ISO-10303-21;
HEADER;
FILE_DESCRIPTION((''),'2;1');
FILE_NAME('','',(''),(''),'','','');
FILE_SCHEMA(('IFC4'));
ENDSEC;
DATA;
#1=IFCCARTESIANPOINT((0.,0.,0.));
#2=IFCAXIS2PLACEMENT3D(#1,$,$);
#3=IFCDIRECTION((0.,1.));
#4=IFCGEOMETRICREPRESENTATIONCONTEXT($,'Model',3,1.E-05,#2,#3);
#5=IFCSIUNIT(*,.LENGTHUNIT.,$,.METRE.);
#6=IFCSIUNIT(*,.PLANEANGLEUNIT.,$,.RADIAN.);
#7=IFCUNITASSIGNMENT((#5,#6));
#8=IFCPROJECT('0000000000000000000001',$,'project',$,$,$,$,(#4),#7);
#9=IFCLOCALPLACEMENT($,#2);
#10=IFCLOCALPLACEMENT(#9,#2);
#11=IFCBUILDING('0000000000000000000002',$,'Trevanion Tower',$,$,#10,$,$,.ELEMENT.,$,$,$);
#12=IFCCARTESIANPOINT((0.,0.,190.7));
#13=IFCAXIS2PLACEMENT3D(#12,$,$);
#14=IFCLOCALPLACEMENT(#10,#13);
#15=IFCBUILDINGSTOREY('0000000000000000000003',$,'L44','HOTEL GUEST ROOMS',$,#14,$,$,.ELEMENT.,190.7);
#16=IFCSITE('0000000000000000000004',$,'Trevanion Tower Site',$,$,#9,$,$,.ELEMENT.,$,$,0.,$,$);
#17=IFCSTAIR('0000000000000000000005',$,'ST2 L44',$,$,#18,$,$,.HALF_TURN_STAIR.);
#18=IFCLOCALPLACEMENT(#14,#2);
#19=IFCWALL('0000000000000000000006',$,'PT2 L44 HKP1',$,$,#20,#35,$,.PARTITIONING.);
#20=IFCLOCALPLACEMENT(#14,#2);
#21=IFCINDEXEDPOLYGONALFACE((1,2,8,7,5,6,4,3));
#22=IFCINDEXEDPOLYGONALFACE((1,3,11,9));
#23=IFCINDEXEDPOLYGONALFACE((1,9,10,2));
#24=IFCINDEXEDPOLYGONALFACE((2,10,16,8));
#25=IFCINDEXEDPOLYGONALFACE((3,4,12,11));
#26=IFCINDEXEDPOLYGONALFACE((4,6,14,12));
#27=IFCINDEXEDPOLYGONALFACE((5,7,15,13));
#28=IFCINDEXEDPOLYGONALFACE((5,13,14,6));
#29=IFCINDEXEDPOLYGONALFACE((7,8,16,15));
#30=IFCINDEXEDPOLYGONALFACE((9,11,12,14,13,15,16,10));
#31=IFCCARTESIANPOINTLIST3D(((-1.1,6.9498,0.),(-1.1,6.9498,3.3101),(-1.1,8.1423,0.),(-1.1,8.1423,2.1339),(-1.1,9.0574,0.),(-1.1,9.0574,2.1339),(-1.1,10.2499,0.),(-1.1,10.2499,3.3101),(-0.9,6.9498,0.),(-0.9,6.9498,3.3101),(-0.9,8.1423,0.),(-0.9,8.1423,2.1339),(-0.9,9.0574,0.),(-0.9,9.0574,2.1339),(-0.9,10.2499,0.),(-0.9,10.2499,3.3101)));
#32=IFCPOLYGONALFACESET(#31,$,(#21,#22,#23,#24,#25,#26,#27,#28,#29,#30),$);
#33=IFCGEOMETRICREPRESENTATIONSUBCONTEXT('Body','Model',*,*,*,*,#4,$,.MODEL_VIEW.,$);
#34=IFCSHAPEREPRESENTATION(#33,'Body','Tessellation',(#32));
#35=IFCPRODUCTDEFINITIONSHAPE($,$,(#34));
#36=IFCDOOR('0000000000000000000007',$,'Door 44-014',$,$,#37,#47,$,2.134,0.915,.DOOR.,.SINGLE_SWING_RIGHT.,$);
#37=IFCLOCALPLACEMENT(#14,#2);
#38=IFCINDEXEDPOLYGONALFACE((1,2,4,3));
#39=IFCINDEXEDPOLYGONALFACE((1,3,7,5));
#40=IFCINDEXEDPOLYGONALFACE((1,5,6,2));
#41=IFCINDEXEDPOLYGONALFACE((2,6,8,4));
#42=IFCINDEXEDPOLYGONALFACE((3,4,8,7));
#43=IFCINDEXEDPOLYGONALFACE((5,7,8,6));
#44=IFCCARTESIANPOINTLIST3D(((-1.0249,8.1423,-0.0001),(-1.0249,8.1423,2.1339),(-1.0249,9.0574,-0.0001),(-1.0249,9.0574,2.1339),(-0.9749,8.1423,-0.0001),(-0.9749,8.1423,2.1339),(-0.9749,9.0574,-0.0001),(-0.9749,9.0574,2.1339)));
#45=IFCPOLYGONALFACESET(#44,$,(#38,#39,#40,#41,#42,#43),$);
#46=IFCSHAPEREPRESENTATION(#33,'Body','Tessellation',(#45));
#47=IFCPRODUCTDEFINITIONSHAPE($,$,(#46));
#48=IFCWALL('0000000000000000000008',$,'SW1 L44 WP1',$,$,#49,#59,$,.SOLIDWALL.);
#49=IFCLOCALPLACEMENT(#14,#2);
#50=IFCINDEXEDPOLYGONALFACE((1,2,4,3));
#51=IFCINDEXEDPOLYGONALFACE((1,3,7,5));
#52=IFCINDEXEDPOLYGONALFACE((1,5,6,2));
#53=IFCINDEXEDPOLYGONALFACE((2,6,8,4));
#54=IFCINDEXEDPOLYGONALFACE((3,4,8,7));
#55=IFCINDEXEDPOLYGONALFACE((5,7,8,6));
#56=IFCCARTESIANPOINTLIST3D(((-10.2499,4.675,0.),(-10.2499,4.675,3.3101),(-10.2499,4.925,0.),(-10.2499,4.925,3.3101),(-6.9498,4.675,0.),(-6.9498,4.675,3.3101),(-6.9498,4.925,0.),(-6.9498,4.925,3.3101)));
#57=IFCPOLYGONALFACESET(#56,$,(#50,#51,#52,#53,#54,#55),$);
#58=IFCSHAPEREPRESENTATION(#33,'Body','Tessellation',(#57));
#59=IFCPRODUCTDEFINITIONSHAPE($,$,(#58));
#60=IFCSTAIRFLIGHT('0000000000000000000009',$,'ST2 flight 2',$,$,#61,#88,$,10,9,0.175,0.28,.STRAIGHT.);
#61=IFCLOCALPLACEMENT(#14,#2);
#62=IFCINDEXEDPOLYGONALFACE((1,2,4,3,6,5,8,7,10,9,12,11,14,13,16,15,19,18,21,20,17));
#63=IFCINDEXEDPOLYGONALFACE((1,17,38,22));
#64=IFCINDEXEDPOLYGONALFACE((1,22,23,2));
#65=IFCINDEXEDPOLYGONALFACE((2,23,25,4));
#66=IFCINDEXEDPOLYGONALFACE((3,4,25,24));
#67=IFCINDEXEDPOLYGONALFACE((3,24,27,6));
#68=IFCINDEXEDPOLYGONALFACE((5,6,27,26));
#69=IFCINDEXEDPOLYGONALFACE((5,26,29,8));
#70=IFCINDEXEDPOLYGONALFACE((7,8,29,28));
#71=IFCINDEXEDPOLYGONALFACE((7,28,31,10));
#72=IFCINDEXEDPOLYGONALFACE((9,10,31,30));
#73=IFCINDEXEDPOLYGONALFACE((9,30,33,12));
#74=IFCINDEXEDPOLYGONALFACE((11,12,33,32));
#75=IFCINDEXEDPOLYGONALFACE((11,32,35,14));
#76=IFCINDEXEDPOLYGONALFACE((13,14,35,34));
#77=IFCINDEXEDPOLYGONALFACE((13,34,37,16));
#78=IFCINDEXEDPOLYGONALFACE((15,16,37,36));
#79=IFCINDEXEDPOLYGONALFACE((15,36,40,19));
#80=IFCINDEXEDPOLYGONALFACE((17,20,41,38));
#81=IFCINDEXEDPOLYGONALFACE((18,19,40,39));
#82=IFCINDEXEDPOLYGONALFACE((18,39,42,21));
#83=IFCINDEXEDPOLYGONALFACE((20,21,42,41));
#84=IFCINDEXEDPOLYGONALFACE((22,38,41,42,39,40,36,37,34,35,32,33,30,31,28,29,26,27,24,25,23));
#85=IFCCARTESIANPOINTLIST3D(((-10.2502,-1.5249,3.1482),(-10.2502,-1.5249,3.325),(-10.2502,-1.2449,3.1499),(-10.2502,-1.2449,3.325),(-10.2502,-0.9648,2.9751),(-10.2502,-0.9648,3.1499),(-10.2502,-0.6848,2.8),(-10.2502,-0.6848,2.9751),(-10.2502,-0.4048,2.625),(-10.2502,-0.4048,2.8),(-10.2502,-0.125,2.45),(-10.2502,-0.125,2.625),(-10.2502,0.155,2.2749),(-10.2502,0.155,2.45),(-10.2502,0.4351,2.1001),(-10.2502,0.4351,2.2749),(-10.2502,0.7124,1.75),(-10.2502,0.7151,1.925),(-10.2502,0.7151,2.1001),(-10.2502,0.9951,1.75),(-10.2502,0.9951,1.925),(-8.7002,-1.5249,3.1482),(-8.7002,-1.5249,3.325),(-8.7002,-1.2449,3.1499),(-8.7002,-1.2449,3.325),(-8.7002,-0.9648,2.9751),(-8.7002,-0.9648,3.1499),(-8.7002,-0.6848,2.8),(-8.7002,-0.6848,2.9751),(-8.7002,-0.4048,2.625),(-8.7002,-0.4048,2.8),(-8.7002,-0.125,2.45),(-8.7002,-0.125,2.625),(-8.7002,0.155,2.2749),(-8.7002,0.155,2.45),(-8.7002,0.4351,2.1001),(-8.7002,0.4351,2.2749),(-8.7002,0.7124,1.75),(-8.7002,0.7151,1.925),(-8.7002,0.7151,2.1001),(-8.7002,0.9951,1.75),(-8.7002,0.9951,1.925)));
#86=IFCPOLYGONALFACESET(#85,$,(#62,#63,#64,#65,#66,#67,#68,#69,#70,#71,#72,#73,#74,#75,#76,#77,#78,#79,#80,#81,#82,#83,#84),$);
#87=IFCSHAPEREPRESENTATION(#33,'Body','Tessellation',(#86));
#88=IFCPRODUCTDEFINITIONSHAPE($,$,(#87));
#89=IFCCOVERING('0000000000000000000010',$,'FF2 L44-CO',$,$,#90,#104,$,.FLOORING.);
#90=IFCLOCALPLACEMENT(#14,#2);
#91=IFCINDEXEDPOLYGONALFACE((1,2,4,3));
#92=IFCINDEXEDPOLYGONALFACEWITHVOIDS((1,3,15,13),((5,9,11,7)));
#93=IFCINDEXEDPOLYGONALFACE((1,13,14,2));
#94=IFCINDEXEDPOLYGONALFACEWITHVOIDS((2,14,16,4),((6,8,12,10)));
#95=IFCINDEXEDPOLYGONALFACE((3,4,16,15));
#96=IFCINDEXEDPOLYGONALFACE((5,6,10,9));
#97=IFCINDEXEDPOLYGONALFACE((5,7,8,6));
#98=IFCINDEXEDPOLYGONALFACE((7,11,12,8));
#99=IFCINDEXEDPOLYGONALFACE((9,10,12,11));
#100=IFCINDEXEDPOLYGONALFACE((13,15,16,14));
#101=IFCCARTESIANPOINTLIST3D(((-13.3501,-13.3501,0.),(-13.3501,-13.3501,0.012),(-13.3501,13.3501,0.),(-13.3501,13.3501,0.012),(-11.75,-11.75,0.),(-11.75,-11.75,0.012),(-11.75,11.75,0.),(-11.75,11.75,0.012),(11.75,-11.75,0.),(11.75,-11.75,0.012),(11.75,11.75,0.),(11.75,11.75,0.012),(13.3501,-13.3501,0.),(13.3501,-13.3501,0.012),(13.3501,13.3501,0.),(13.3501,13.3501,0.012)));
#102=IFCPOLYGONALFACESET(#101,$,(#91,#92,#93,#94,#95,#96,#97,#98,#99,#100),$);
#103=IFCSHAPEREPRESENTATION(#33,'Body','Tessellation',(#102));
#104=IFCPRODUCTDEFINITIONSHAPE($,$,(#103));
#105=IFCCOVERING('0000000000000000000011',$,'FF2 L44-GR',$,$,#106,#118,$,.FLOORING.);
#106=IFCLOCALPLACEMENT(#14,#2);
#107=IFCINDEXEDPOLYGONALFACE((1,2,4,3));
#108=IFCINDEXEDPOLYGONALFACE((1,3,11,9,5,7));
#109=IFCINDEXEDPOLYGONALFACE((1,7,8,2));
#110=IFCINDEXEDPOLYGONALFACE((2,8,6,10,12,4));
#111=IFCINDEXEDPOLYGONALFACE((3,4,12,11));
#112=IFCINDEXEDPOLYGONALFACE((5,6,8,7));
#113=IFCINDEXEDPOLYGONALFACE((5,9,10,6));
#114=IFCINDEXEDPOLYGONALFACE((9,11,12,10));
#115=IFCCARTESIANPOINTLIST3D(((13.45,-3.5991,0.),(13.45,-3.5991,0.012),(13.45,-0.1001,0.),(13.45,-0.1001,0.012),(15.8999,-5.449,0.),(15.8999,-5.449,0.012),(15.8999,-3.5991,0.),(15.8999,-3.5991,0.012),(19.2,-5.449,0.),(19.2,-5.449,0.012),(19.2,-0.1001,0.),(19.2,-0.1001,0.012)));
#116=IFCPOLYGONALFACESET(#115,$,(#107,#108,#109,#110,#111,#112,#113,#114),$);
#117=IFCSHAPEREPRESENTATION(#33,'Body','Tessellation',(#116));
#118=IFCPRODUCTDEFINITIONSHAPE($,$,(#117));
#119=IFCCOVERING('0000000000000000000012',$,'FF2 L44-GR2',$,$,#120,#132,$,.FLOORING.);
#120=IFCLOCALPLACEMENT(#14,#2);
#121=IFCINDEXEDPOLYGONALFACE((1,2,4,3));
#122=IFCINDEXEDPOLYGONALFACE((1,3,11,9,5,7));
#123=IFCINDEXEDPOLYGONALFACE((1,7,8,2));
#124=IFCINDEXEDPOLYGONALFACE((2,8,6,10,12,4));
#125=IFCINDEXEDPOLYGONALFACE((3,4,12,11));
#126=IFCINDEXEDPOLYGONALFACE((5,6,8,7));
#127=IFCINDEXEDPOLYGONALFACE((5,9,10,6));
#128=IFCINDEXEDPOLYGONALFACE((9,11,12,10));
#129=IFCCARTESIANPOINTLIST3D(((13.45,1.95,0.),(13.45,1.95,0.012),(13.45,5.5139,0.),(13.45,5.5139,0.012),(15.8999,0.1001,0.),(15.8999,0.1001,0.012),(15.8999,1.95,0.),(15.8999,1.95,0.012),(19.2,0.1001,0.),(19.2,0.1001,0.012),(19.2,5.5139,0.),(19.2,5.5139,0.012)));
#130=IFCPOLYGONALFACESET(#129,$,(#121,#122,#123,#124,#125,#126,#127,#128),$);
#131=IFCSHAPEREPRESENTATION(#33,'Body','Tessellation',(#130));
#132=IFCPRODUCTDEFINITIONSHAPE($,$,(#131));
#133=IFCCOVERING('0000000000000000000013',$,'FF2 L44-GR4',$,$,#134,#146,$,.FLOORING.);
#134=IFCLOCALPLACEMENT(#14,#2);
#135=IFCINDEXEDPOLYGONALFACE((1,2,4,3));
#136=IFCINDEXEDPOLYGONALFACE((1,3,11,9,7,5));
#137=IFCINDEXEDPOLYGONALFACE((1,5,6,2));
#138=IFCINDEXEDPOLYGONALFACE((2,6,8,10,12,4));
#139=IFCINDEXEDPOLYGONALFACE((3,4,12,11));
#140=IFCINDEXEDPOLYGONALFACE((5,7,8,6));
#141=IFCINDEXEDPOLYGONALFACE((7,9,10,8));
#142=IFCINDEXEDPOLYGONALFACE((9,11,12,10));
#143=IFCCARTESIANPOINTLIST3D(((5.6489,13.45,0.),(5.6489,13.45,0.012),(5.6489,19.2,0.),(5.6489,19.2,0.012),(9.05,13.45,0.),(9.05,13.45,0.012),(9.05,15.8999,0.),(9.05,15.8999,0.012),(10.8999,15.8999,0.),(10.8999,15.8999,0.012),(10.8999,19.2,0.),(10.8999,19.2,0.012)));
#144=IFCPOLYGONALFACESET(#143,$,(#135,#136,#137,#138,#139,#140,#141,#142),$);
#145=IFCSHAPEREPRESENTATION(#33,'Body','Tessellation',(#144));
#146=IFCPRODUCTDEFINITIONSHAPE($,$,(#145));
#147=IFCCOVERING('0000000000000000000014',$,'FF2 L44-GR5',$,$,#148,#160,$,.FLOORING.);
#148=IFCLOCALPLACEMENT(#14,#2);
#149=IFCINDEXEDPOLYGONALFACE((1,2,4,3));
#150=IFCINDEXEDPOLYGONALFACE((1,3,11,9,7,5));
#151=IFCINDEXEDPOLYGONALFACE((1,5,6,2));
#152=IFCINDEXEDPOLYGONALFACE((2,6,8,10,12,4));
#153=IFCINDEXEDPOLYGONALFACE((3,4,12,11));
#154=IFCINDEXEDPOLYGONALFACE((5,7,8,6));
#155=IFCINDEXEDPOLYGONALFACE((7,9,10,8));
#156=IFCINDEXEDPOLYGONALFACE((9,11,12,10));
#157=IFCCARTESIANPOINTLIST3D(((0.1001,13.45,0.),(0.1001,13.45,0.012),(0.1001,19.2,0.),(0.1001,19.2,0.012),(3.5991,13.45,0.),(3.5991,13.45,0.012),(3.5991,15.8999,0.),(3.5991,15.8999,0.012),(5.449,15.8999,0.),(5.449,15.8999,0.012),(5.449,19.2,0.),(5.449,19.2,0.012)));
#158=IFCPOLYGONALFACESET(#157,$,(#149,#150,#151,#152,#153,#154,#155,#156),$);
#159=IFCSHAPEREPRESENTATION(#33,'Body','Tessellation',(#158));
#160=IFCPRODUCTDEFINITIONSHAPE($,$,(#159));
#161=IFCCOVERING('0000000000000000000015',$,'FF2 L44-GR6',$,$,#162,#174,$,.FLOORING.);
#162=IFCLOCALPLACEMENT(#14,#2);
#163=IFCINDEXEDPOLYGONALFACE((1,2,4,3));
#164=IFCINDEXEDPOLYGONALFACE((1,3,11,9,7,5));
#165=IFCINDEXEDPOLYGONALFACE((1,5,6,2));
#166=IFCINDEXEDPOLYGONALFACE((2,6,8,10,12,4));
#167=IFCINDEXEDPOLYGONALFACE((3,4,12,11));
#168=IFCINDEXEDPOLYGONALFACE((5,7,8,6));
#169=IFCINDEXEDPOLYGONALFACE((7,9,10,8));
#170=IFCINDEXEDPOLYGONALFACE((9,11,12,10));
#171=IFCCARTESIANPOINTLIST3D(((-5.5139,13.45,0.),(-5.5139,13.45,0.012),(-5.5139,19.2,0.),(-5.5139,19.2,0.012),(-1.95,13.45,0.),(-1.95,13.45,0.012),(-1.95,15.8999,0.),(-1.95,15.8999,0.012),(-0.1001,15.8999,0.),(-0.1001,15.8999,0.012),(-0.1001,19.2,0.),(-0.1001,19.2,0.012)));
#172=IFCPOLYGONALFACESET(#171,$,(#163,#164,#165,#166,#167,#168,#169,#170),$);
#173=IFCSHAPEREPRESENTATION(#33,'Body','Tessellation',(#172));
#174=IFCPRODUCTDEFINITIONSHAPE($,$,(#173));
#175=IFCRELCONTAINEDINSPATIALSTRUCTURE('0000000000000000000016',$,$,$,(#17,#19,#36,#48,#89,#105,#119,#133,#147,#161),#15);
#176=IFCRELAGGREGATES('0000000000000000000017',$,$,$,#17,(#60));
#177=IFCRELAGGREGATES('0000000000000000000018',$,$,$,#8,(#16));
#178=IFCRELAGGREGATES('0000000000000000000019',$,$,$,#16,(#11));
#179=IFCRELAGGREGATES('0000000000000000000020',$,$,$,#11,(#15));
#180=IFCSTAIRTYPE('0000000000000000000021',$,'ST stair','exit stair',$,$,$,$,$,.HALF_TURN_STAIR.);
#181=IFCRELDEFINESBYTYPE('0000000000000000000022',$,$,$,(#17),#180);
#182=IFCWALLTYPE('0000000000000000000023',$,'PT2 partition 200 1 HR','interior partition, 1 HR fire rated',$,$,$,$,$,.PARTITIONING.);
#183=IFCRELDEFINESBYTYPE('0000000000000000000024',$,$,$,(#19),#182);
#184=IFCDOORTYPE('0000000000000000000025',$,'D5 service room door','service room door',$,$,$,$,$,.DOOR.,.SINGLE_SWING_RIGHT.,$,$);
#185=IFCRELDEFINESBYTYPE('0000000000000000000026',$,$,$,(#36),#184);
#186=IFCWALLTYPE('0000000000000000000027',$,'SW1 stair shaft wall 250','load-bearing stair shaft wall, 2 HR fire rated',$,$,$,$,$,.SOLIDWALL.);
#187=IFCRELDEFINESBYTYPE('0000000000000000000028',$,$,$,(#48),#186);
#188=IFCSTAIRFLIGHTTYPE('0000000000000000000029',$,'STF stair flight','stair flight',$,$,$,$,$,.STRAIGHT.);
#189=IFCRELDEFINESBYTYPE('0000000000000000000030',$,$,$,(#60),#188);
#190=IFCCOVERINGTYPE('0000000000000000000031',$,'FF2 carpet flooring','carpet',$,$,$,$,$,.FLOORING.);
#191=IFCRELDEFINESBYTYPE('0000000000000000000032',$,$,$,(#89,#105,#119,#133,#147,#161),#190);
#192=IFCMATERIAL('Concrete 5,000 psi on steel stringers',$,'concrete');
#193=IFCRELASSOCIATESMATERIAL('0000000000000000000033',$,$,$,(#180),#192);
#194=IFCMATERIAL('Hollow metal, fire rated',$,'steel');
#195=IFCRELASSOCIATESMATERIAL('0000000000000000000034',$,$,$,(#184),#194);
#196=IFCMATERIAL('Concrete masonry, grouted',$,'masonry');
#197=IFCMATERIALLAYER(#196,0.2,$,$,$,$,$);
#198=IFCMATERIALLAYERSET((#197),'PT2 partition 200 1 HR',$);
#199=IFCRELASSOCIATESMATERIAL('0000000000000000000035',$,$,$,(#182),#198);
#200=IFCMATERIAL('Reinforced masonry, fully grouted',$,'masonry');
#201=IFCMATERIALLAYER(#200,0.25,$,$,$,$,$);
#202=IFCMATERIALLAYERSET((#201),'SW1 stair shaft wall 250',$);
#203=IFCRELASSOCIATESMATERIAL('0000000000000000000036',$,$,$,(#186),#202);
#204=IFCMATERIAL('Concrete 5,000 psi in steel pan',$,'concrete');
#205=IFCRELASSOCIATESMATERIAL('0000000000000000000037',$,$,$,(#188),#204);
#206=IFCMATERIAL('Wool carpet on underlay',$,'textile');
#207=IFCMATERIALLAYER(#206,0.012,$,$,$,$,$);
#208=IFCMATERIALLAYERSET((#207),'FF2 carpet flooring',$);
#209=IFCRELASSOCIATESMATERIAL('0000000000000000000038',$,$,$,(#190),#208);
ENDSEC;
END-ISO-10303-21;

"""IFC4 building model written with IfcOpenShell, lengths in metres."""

from ifc_helpers import new_model, si_unit, direction, frame, frame_2d, origin, place, context, subcontext, project, spatial, polyline, rectangle, outline, extrude, material, layer, layer_set, type_object, element, fill, aggregate, save


model = new_model("IFC4")

# Units and contexts
model_context = context("Model", 3, precision=1e-05, world=origin(), true_north=direction((0.0, 1.0)))
body_context = subcontext(model_context, "Body", "Model", "MODEL_VIEW")
ifc_project = project(units=[si_unit("LENGTHUNIT", "METRE"), si_unit("PLANEANGLEUNIT", "RADIAN")], contexts=[model_context])

# Site, building, storey
site_placement = place(None, origin())
site = spatial("IfcSite", under=ifc_project, at=site_placement, Name="Trevanion Tower Site", CompositionType="ELEMENT", RefElevation=0.0)
building_placement = place(site_placement, origin())
building = spatial("IfcBuilding", under=site, at=building_placement, Name="Trevanion Tower", CompositionType="ELEMENT")
storey_placement = place(building_placement, frame((0.0, 0.0, 190.7)))
storey = spatial("IfcBuildingStorey", under=building, at=storey_placement, Name="L44", Description="HOTEL GUEST ROOMS", CompositionType="ELEMENT", Elevation=190.7)

# Stair
ifc_material_1 = material(Name="Concrete 5,000 psi on steel stringers", Category="concrete")
stair_type = type_object("IfcStairType", Name="ST stair", Description="exit stair", PredefinedType="HALF_TURN_STAIR", material=ifc_material_1)
stair_1_placement = place(storey_placement, origin())
stair_1 = element("IfcStair", 1, at=stair_1_placement, inside=storey, type_object=stair_type, Name="ST2 L44", PredefinedType="HALF_TURN_STAIR")

# Shared definitions
ifc_material_2 = material(Name="Hollow metal, fire rated", Category="steel")
door_type_1 = type_object("IfcDoorType", Name="D5 service room door", Description="service room door", OperationType="SINGLE_SWING_RIGHT", PredefinedType="DOOR", material=ifc_material_2)

# Shared definitions
ifc_material_3 = material(Name="Concrete masonry, grouted", Category="masonry")
ifc_layer_1 = layer(ifc_material_3, 0.2)
ifc_layer_set_1 = layer_set([ifc_layer_1], Name="PT2 partition 200 1 HR")
wall_type_1 = type_object("IfcWallType", Name="PT2 partition 200 1 HR", Description="interior partition, 1 HR fire rated", PredefinedType="PARTITIONING", material=ifc_layer_set_1)

# Wall, opening, door
wall_1_placement = place(storey_placement, frame((-1.0, 6.95, 0.0), z_axis=(0.0, 0.0, 1.0), x_axis=(0.0, 1.0, 0.0)))
wall_1 = element("IfcWall", 2, at=wall_1_placement, inside=storey, type_object=wall_type_1, Name="PT2 L44 HKP1", PredefinedType="PARTITIONING", context=body_context, shape_type="SweptSolid", body=[
    extrude(rectangle(XDim=3.3, YDim=0.2, at=frame_2d((1.6499, 0.0))), origin(), (0.0, 0.0, 1.0), 3.3101),
])
opening_1_placement = place(wall_1_placement, frame((1.1924, 0.0, 0.0)))
opening_1 = element("IfcOpeningElement", 3, at=opening_1_placement, cuts=wall_1, PredefinedType="OPENING", context=body_context, shape_type="SweptSolid", body=[
    extrude(rectangle(XDim=0.915, YDim=2.134, at=frame_2d((0.4575, 1.0669))), frame((0.0, 0.1099, 0.0), z_axis=(0.0, -1.0, 0.0), x_axis=(1.0, 0.0, 0.0)), (0.0, 0.0, 1.0), 0.22),
])
door_1_placement = place(opening_1_placement, origin())
door_1 = element("IfcDoor", 4, at=door_1_placement, inside=storey, type_object=door_type_1, Name="Door 44-014", OperationType="SINGLE_SWING_RIGHT", OverallHeight=2.134, OverallWidth=0.915, PredefinedType="DOOR", context=body_context, shape_type="SweptSolid", body=[
    extrude(rectangle(XDim=0.915, YDim=2.134, at=frame_2d((0.4575, 1.0669))), frame((0.0, 0.0249, 0.0), z_axis=(0.0, -1.0, 0.0), x_axis=(1.0, 0.0, 0.0)), (0.0, 0.0, 1.0), 0.05),
])
fill(opening_1, door_1)

# Wall
ifc_material_4 = material(Name="Reinforced masonry, fully grouted", Category="masonry")
ifc_layer_2 = layer(ifc_material_4, 0.25)
ifc_layer_set_2 = layer_set([ifc_layer_2], Name="SW1 stair shaft wall 250")
wall_type_2 = type_object("IfcWallType", Name="SW1 stair shaft wall 250", Description="load-bearing stair shaft wall, 2 HR fire rated", PredefinedType="SOLIDWALL", material=ifc_layer_set_2)
wall_2_placement = place(storey_placement, frame((-6.95, 4.8, 0.0), z_axis=(0.0, 0.0, 1.0), x_axis=(-1.0, 0.0, 0.0)))
element("IfcWall", 5, at=wall_2_placement, inside=storey, type_object=wall_type_2, Name="SW1 L44 WP1", PredefinedType="SOLIDWALL", context=body_context, shape_type="SweptSolid", body=[
    extrude(rectangle(XDim=3.3, YDim=0.25, at=frame_2d((1.6499, 0.0))), origin(), (0.0, 0.0, 1.0), 3.3101),
])

# Stair flight
ifc_material_5 = material(Name="Concrete 5,000 psi in steel pan", Category="concrete")
stair_flight_type = type_object("IfcStairFlightType", Name="STF stair flight", Description="stair flight", PredefinedType="STRAIGHT", material=ifc_material_5)
stair_flight_placement = place(storey_placement, frame((-9.4751, 0.9951, 1.75), z_axis=(0.0, 0.0, 1.0), x_axis=(0.0, -1.0, 0.0)))
stair_flight = element("IfcStairFlight", 6, at=stair_flight_placement, type_object=stair_flight_type, Name="ST2 flight 2", NumberOfRisers=10, NumberOfTreads=9, PredefinedType="STRAIGHT", RiserHeight=0.175, TreadLength=0.28, context=body_context, shape_type="SweptSolid", body=[
    extrude(outline(polyline([(0.0, 0.0), (0.0, 0.175), (0.28, 0.175), (0.28, 0.3501), (0.5601, 0.3501), (0.5601, 0.5249), (0.8401, 0.5249), (0.8401, 0.7), (1.1201, 0.7), (1.1201, 0.875), (1.3999, 0.875), (1.3999, 1.05), (1.6799, 1.05), (1.6799, 1.2251), (1.96, 1.2251), (1.96, 1.3999), (2.24, 1.3999), (2.24, 1.575), (2.52, 1.575), (2.52, 1.75), (2.52, 1.3982), (0.2827, 0.0), (0.0, 0.0)])), frame((0.0, 0.7749, 0.0), z_axis=(0.0, -1.0, 0.0), x_axis=(1.0, 0.0, 0.0)), (0.0, 0.0, 1.0), 1.55),
])
aggregate(stair_1, [stair_flight])

# Coverings
ifc_material_6 = material(Name="Wool carpet on underlay", Category="textile")
ifc_layer_3 = layer(ifc_material_6, 0.012)
ifc_layer_set_3 = layer_set([ifc_layer_3], Name="FF2 carpet flooring")
covering_type = type_object("IfcCoveringType", Name="FF2 carpet flooring", Description="carpet", PredefinedType="FLOORING", material=ifc_layer_set_3)
covering_1_placement = place(storey_placement, origin())
element("IfcCovering", 7, at=covering_1_placement, inside=storey, type_object=covering_type, Name="FF2 L44-CO", PredefinedType="FLOORING", context=body_context, shape_type="SweptSolid", body=[
    extrude(outline(polyline([(-13.3501, -13.3501), (-13.3501, 13.3501), (13.3501, 13.3501), (13.3501, -13.3501), (-13.3501, -13.3501)]), holes=[polyline([(11.75, 11.75), (-11.75, 11.75), (-11.75, -11.75), (11.75, -11.75), (11.75, 11.75)])]), origin(), (0.0, 0.0, 1.0), 0.012),
])
covering_2_placement = place(storey_placement, origin())
element("IfcCovering", 8, at=covering_2_placement, inside=storey, type_object=covering_type, Name="FF2 L44-GR", PredefinedType="FLOORING", context=body_context, shape_type="SweptSolid", body=[
    extrude(outline(polyline([(13.45, -0.1001), (19.2, -0.1001), (19.2, -5.449), (15.8999, -5.449), (15.8999, -3.5991), (13.45, -3.5991), (13.45, -0.1001)])), origin(), (0.0, 0.0, 1.0), 0.012),
])
covering_3_placement = place(storey_placement, origin())
element("IfcCovering", 9, at=covering_3_placement, inside=storey, type_object=covering_type, Name="FF2 L44-GR2", PredefinedType="FLOORING", context=body_context, shape_type="SweptSolid", body=[
    extrude(outline(polyline([(13.45, 5.5139), (19.2, 5.5139), (19.2, 0.1001), (15.8999, 0.1001), (15.8999, 1.95), (13.45, 1.95), (13.45, 5.5139)])), origin(), (0.0, 0.0, 1.0), 0.012),
])
covering_4_placement = place(storey_placement, origin())
element("IfcCovering", 10, at=covering_4_placement, inside=storey, type_object=covering_type, Name="FF2 L44-GR4", PredefinedType="FLOORING", context=body_context, shape_type="SweptSolid", body=[
    extrude(outline(polyline([(5.6489, 13.45), (5.6489, 19.2), (10.8999, 19.2), (10.8999, 15.8999), (9.05, 15.8999), (9.05, 13.45), (5.6489, 13.45)])), origin(), (0.0, 0.0, 1.0), 0.012),
])
covering_5_placement = place(storey_placement, origin())
element("IfcCovering", 11, at=covering_5_placement, inside=storey, type_object=covering_type, Name="FF2 L44-GR5", PredefinedType="FLOORING", context=body_context, shape_type="SweptSolid", body=[
    extrude(outline(polyline([(0.1001, 13.45), (0.1001, 19.2), (5.449, 19.2), (5.449, 15.8999), (3.5991, 15.8999), (3.5991, 13.45), (0.1001, 13.45)])), origin(), (0.0, 0.0, 1.0), 0.012),
])
covering_6_placement = place(storey_placement, origin())
element("IfcCovering", 12, at=covering_6_placement, inside=storey, type_object=covering_type, Name="FF2 L44-GR6", PredefinedType="FLOORING", context=body_context, shape_type="SweptSolid", body=[
    extrude(outline(polyline([(-5.5139, 13.45), (-5.5139, 19.2), (-0.1001, 19.2), (-0.1001, 15.8999), (-1.95, 15.8999), (-1.95, 13.45), (-5.5139, 13.45)])), origin(), (0.0, 0.0, 1.0), 0.012),
])

save(model, "model.ifc")
